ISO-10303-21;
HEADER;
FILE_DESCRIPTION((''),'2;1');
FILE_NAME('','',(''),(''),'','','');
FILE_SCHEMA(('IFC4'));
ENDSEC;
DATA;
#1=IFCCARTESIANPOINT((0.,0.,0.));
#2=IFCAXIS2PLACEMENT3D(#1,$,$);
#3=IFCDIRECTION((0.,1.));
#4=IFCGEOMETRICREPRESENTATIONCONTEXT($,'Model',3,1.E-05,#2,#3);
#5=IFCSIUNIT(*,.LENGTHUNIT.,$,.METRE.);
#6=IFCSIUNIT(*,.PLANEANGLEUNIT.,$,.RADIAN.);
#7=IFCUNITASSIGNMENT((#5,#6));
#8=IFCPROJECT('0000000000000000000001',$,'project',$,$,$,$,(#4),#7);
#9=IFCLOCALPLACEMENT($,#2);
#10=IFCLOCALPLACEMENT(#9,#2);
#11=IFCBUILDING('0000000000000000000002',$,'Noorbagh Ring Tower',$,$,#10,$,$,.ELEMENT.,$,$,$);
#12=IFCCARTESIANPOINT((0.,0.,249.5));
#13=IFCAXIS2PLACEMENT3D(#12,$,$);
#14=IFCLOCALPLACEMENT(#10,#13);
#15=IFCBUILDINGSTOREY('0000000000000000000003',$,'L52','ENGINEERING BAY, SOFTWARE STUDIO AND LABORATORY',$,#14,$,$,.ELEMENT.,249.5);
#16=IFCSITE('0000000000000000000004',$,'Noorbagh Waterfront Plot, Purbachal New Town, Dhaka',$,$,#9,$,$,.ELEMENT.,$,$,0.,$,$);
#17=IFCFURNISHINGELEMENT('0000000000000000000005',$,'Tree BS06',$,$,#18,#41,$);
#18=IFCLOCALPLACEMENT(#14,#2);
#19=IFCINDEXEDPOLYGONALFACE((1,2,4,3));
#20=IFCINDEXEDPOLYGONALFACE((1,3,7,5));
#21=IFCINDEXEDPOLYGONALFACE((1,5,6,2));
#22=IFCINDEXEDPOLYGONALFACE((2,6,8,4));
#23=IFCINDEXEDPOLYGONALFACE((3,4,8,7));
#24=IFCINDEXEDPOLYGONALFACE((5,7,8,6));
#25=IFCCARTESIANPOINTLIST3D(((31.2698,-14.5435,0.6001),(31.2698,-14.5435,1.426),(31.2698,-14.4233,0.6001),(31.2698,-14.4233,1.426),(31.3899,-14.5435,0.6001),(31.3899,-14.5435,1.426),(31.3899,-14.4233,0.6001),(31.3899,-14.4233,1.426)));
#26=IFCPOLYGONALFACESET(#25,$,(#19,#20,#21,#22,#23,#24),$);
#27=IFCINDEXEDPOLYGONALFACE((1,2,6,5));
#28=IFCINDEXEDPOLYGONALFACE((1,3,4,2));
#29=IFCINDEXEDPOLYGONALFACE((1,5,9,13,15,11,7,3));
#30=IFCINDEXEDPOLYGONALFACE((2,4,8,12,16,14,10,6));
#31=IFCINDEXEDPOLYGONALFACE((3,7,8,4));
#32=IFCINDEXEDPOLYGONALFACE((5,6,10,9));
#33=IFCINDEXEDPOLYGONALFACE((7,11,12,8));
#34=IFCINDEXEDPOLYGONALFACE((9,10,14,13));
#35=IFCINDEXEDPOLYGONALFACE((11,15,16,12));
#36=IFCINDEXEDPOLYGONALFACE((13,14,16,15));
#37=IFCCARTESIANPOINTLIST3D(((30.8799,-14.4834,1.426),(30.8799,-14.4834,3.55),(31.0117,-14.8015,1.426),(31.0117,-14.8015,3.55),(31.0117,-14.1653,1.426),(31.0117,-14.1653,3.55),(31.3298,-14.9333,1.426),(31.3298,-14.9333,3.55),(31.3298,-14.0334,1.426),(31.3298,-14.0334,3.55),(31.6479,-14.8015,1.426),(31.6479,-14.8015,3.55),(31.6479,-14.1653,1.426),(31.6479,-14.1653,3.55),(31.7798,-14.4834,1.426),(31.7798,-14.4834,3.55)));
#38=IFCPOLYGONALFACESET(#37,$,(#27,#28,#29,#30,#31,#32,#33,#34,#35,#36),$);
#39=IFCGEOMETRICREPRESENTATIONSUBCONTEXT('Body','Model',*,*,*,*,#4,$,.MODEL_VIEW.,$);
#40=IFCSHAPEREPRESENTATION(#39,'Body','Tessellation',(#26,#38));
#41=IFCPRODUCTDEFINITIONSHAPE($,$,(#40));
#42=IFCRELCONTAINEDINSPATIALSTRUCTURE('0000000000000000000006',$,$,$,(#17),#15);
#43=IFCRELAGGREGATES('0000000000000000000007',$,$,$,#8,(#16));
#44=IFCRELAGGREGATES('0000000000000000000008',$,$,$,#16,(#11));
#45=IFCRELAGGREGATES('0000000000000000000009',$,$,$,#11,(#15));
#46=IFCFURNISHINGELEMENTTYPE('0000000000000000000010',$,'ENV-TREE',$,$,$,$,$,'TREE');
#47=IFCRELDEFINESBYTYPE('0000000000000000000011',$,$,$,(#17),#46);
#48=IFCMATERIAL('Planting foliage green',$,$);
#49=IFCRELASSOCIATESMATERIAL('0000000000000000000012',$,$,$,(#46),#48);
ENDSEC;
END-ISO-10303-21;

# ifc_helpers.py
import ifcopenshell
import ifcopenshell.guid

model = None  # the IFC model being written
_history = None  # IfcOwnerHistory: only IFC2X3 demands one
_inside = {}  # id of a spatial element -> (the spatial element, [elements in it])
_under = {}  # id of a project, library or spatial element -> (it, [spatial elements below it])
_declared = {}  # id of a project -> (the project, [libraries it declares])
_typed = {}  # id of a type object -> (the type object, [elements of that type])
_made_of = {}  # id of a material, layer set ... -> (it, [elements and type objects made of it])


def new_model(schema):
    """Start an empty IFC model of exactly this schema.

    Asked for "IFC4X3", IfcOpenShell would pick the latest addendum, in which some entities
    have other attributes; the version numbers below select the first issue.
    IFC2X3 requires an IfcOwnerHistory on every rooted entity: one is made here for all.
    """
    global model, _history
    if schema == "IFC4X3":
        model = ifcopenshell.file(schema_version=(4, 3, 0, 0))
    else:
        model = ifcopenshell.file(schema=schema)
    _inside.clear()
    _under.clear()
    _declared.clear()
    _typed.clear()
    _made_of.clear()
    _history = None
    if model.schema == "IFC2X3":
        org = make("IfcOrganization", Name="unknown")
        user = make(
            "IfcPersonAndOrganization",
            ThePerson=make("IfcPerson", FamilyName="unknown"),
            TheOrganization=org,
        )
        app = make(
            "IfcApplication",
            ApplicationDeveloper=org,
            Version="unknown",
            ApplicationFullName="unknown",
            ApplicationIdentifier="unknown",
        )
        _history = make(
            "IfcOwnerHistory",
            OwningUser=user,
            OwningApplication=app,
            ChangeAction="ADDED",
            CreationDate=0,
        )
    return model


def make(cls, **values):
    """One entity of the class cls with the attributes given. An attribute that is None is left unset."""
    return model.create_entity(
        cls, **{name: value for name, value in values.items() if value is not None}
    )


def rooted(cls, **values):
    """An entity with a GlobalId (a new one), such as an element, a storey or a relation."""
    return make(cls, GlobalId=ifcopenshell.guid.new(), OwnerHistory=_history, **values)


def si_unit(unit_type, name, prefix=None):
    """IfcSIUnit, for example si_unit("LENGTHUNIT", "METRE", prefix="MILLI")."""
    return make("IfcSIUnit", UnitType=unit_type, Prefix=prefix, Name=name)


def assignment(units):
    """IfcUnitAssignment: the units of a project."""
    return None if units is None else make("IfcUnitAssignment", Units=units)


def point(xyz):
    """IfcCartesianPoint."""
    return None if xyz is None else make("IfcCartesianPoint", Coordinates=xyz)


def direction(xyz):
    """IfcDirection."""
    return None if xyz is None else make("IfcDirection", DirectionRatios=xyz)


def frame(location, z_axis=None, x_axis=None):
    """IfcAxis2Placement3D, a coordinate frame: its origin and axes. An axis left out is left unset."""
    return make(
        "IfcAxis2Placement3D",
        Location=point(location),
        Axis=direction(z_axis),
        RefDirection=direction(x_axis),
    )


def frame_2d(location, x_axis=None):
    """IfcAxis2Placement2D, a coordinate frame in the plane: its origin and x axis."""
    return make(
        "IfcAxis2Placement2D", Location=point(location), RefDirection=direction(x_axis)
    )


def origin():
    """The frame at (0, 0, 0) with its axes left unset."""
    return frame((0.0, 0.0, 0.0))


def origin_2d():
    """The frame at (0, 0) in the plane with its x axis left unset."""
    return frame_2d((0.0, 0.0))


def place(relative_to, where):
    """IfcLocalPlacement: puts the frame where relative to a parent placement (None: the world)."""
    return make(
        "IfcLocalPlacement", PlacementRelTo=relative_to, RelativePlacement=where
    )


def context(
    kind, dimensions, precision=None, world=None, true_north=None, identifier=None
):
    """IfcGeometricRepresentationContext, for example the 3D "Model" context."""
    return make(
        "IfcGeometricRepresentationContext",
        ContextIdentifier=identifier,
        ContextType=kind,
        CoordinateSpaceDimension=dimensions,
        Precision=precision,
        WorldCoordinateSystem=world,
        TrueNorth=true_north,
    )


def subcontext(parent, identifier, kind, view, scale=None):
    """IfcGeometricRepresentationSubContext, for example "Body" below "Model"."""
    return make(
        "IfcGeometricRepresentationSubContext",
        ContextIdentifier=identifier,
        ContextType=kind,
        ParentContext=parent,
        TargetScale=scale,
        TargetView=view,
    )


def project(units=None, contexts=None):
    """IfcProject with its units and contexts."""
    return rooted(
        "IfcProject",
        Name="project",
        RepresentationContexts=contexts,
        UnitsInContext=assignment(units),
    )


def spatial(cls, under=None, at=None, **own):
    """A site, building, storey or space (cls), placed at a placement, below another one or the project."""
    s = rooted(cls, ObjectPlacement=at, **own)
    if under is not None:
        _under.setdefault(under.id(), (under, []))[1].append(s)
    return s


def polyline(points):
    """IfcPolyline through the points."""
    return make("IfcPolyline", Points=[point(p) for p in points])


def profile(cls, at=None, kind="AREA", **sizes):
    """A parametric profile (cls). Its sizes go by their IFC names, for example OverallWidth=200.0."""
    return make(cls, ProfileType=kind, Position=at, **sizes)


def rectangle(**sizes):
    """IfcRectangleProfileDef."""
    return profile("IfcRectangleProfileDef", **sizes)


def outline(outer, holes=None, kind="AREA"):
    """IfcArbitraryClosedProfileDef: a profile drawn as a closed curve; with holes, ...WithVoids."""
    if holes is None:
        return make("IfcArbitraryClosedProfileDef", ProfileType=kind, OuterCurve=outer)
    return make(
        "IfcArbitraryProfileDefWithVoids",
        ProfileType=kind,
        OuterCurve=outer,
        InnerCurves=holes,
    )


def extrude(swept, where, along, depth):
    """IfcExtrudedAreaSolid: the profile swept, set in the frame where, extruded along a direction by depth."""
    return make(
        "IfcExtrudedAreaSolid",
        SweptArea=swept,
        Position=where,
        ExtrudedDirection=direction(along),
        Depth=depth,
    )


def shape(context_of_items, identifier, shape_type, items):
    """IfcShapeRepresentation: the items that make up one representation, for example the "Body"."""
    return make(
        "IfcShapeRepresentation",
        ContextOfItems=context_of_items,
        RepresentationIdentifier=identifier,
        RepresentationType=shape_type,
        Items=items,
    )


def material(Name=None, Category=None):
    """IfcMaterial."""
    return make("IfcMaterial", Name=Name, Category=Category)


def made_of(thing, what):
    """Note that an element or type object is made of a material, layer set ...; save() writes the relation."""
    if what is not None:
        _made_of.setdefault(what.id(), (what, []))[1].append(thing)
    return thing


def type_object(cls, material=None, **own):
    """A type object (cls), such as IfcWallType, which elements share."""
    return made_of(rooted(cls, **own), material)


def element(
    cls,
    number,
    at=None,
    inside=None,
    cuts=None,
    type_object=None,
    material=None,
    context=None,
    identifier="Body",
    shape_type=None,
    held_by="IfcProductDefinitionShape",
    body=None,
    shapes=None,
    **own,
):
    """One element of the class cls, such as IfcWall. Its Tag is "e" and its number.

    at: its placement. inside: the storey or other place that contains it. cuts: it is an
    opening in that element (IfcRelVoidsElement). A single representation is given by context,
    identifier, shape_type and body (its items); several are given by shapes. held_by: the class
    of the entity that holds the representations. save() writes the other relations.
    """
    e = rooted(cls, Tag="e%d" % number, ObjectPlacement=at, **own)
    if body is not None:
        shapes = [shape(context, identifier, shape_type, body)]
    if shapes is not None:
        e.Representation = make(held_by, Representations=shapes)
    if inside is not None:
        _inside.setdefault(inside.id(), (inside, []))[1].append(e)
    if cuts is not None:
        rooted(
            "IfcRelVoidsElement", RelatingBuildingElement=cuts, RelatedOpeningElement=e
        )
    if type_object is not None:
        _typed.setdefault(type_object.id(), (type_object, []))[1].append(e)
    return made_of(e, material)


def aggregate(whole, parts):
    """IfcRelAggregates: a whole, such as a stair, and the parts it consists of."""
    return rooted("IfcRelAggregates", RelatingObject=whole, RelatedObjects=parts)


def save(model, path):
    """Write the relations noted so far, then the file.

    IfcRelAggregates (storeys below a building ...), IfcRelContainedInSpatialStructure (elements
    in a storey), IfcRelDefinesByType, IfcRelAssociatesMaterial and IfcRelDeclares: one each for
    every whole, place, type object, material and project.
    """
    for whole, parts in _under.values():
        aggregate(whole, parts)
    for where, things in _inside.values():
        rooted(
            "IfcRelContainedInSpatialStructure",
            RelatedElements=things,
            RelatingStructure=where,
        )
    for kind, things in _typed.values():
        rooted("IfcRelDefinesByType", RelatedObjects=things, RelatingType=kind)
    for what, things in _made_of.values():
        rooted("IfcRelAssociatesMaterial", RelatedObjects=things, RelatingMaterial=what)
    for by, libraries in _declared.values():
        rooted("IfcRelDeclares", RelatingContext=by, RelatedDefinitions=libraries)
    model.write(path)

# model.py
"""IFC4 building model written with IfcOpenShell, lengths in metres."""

from ifc_helpers import new_model, si_unit, direction, frame, origin, origin_2d, place, context, subcontext, project, spatial, polyline, rectangle, outline, extrude, material, type_object, element, save


model = new_model("IFC4")

# Units and contexts
model_context = context("Model", 3, precision=1e-05, world=origin(), true_north=direction((0.0, 1.0)))
body_context = subcontext(model_context, "Body", "Model", "MODEL_VIEW")
ifc_project = project(units=[si_unit("LENGTHUNIT", "METRE"), si_unit("PLANEANGLEUNIT", "RADIAN")], contexts=[model_context])

# Site, building, storey
site_placement = place(None, origin())
site = spatial("IfcSite", under=ifc_project, at=site_placement, Name="Noorbagh Waterfront Plot, Purbachal New Town, Dhaka", CompositionType="ELEMENT", RefElevation=0.0)
building_placement = place(site_placement, origin())
building = spatial("IfcBuilding", under=site, at=building_placement, Name="Noorbagh Ring Tower", CompositionType="ELEMENT")
storey_placement = place(building_placement, frame((0.0, 0.0, 249.5)))
storey = spatial("IfcBuildingStorey", under=building, at=storey_placement, Name="L52", Description="ENGINEERING BAY, SOFTWARE STUDIO AND LABORATORY", CompositionType="ELEMENT", Elevation=249.5)

# Furnishing element
ifc_material_1 = material(Name="Planting foliage green")
furnishing_element_type = type_object("IfcFurnishingElementType", Name="ENV-TREE", ElementType="TREE", material=ifc_material_1)
furnishing_placement = place(storey_placement, frame((31.3298, -14.4834, 0.6001), z_axis=(0.0, 0.0, 1.0), x_axis=(1.0, 0.0, 0.0)))
element("IfcFurnishingElement", 1, at=furnishing_placement, inside=storey, type_object=furnishing_element_type, Name="Tree BS06", context=body_context, shape_type="SweptSolid", body=[
    extrude(rectangle(XDim=0.1201, YDim=0.1201, at=origin_2d()), origin(), (0.0, 0.0, 1.0), 0.8259),
    extrude(outline(polyline([(0.45, 0.0), (0.3181, 0.3181), (0.0, 0.45), (-0.3181, 0.3181), (-0.45, 0.0), (-0.3181, -0.3181), (0.0, -0.45), (0.3181, -0.3181), (0.45, 0.0)])), frame((0.0, 0.0, 0.8259)), (0.0, 0.0, 1.0), 2.124),
])

save(model, "model.ifc")
